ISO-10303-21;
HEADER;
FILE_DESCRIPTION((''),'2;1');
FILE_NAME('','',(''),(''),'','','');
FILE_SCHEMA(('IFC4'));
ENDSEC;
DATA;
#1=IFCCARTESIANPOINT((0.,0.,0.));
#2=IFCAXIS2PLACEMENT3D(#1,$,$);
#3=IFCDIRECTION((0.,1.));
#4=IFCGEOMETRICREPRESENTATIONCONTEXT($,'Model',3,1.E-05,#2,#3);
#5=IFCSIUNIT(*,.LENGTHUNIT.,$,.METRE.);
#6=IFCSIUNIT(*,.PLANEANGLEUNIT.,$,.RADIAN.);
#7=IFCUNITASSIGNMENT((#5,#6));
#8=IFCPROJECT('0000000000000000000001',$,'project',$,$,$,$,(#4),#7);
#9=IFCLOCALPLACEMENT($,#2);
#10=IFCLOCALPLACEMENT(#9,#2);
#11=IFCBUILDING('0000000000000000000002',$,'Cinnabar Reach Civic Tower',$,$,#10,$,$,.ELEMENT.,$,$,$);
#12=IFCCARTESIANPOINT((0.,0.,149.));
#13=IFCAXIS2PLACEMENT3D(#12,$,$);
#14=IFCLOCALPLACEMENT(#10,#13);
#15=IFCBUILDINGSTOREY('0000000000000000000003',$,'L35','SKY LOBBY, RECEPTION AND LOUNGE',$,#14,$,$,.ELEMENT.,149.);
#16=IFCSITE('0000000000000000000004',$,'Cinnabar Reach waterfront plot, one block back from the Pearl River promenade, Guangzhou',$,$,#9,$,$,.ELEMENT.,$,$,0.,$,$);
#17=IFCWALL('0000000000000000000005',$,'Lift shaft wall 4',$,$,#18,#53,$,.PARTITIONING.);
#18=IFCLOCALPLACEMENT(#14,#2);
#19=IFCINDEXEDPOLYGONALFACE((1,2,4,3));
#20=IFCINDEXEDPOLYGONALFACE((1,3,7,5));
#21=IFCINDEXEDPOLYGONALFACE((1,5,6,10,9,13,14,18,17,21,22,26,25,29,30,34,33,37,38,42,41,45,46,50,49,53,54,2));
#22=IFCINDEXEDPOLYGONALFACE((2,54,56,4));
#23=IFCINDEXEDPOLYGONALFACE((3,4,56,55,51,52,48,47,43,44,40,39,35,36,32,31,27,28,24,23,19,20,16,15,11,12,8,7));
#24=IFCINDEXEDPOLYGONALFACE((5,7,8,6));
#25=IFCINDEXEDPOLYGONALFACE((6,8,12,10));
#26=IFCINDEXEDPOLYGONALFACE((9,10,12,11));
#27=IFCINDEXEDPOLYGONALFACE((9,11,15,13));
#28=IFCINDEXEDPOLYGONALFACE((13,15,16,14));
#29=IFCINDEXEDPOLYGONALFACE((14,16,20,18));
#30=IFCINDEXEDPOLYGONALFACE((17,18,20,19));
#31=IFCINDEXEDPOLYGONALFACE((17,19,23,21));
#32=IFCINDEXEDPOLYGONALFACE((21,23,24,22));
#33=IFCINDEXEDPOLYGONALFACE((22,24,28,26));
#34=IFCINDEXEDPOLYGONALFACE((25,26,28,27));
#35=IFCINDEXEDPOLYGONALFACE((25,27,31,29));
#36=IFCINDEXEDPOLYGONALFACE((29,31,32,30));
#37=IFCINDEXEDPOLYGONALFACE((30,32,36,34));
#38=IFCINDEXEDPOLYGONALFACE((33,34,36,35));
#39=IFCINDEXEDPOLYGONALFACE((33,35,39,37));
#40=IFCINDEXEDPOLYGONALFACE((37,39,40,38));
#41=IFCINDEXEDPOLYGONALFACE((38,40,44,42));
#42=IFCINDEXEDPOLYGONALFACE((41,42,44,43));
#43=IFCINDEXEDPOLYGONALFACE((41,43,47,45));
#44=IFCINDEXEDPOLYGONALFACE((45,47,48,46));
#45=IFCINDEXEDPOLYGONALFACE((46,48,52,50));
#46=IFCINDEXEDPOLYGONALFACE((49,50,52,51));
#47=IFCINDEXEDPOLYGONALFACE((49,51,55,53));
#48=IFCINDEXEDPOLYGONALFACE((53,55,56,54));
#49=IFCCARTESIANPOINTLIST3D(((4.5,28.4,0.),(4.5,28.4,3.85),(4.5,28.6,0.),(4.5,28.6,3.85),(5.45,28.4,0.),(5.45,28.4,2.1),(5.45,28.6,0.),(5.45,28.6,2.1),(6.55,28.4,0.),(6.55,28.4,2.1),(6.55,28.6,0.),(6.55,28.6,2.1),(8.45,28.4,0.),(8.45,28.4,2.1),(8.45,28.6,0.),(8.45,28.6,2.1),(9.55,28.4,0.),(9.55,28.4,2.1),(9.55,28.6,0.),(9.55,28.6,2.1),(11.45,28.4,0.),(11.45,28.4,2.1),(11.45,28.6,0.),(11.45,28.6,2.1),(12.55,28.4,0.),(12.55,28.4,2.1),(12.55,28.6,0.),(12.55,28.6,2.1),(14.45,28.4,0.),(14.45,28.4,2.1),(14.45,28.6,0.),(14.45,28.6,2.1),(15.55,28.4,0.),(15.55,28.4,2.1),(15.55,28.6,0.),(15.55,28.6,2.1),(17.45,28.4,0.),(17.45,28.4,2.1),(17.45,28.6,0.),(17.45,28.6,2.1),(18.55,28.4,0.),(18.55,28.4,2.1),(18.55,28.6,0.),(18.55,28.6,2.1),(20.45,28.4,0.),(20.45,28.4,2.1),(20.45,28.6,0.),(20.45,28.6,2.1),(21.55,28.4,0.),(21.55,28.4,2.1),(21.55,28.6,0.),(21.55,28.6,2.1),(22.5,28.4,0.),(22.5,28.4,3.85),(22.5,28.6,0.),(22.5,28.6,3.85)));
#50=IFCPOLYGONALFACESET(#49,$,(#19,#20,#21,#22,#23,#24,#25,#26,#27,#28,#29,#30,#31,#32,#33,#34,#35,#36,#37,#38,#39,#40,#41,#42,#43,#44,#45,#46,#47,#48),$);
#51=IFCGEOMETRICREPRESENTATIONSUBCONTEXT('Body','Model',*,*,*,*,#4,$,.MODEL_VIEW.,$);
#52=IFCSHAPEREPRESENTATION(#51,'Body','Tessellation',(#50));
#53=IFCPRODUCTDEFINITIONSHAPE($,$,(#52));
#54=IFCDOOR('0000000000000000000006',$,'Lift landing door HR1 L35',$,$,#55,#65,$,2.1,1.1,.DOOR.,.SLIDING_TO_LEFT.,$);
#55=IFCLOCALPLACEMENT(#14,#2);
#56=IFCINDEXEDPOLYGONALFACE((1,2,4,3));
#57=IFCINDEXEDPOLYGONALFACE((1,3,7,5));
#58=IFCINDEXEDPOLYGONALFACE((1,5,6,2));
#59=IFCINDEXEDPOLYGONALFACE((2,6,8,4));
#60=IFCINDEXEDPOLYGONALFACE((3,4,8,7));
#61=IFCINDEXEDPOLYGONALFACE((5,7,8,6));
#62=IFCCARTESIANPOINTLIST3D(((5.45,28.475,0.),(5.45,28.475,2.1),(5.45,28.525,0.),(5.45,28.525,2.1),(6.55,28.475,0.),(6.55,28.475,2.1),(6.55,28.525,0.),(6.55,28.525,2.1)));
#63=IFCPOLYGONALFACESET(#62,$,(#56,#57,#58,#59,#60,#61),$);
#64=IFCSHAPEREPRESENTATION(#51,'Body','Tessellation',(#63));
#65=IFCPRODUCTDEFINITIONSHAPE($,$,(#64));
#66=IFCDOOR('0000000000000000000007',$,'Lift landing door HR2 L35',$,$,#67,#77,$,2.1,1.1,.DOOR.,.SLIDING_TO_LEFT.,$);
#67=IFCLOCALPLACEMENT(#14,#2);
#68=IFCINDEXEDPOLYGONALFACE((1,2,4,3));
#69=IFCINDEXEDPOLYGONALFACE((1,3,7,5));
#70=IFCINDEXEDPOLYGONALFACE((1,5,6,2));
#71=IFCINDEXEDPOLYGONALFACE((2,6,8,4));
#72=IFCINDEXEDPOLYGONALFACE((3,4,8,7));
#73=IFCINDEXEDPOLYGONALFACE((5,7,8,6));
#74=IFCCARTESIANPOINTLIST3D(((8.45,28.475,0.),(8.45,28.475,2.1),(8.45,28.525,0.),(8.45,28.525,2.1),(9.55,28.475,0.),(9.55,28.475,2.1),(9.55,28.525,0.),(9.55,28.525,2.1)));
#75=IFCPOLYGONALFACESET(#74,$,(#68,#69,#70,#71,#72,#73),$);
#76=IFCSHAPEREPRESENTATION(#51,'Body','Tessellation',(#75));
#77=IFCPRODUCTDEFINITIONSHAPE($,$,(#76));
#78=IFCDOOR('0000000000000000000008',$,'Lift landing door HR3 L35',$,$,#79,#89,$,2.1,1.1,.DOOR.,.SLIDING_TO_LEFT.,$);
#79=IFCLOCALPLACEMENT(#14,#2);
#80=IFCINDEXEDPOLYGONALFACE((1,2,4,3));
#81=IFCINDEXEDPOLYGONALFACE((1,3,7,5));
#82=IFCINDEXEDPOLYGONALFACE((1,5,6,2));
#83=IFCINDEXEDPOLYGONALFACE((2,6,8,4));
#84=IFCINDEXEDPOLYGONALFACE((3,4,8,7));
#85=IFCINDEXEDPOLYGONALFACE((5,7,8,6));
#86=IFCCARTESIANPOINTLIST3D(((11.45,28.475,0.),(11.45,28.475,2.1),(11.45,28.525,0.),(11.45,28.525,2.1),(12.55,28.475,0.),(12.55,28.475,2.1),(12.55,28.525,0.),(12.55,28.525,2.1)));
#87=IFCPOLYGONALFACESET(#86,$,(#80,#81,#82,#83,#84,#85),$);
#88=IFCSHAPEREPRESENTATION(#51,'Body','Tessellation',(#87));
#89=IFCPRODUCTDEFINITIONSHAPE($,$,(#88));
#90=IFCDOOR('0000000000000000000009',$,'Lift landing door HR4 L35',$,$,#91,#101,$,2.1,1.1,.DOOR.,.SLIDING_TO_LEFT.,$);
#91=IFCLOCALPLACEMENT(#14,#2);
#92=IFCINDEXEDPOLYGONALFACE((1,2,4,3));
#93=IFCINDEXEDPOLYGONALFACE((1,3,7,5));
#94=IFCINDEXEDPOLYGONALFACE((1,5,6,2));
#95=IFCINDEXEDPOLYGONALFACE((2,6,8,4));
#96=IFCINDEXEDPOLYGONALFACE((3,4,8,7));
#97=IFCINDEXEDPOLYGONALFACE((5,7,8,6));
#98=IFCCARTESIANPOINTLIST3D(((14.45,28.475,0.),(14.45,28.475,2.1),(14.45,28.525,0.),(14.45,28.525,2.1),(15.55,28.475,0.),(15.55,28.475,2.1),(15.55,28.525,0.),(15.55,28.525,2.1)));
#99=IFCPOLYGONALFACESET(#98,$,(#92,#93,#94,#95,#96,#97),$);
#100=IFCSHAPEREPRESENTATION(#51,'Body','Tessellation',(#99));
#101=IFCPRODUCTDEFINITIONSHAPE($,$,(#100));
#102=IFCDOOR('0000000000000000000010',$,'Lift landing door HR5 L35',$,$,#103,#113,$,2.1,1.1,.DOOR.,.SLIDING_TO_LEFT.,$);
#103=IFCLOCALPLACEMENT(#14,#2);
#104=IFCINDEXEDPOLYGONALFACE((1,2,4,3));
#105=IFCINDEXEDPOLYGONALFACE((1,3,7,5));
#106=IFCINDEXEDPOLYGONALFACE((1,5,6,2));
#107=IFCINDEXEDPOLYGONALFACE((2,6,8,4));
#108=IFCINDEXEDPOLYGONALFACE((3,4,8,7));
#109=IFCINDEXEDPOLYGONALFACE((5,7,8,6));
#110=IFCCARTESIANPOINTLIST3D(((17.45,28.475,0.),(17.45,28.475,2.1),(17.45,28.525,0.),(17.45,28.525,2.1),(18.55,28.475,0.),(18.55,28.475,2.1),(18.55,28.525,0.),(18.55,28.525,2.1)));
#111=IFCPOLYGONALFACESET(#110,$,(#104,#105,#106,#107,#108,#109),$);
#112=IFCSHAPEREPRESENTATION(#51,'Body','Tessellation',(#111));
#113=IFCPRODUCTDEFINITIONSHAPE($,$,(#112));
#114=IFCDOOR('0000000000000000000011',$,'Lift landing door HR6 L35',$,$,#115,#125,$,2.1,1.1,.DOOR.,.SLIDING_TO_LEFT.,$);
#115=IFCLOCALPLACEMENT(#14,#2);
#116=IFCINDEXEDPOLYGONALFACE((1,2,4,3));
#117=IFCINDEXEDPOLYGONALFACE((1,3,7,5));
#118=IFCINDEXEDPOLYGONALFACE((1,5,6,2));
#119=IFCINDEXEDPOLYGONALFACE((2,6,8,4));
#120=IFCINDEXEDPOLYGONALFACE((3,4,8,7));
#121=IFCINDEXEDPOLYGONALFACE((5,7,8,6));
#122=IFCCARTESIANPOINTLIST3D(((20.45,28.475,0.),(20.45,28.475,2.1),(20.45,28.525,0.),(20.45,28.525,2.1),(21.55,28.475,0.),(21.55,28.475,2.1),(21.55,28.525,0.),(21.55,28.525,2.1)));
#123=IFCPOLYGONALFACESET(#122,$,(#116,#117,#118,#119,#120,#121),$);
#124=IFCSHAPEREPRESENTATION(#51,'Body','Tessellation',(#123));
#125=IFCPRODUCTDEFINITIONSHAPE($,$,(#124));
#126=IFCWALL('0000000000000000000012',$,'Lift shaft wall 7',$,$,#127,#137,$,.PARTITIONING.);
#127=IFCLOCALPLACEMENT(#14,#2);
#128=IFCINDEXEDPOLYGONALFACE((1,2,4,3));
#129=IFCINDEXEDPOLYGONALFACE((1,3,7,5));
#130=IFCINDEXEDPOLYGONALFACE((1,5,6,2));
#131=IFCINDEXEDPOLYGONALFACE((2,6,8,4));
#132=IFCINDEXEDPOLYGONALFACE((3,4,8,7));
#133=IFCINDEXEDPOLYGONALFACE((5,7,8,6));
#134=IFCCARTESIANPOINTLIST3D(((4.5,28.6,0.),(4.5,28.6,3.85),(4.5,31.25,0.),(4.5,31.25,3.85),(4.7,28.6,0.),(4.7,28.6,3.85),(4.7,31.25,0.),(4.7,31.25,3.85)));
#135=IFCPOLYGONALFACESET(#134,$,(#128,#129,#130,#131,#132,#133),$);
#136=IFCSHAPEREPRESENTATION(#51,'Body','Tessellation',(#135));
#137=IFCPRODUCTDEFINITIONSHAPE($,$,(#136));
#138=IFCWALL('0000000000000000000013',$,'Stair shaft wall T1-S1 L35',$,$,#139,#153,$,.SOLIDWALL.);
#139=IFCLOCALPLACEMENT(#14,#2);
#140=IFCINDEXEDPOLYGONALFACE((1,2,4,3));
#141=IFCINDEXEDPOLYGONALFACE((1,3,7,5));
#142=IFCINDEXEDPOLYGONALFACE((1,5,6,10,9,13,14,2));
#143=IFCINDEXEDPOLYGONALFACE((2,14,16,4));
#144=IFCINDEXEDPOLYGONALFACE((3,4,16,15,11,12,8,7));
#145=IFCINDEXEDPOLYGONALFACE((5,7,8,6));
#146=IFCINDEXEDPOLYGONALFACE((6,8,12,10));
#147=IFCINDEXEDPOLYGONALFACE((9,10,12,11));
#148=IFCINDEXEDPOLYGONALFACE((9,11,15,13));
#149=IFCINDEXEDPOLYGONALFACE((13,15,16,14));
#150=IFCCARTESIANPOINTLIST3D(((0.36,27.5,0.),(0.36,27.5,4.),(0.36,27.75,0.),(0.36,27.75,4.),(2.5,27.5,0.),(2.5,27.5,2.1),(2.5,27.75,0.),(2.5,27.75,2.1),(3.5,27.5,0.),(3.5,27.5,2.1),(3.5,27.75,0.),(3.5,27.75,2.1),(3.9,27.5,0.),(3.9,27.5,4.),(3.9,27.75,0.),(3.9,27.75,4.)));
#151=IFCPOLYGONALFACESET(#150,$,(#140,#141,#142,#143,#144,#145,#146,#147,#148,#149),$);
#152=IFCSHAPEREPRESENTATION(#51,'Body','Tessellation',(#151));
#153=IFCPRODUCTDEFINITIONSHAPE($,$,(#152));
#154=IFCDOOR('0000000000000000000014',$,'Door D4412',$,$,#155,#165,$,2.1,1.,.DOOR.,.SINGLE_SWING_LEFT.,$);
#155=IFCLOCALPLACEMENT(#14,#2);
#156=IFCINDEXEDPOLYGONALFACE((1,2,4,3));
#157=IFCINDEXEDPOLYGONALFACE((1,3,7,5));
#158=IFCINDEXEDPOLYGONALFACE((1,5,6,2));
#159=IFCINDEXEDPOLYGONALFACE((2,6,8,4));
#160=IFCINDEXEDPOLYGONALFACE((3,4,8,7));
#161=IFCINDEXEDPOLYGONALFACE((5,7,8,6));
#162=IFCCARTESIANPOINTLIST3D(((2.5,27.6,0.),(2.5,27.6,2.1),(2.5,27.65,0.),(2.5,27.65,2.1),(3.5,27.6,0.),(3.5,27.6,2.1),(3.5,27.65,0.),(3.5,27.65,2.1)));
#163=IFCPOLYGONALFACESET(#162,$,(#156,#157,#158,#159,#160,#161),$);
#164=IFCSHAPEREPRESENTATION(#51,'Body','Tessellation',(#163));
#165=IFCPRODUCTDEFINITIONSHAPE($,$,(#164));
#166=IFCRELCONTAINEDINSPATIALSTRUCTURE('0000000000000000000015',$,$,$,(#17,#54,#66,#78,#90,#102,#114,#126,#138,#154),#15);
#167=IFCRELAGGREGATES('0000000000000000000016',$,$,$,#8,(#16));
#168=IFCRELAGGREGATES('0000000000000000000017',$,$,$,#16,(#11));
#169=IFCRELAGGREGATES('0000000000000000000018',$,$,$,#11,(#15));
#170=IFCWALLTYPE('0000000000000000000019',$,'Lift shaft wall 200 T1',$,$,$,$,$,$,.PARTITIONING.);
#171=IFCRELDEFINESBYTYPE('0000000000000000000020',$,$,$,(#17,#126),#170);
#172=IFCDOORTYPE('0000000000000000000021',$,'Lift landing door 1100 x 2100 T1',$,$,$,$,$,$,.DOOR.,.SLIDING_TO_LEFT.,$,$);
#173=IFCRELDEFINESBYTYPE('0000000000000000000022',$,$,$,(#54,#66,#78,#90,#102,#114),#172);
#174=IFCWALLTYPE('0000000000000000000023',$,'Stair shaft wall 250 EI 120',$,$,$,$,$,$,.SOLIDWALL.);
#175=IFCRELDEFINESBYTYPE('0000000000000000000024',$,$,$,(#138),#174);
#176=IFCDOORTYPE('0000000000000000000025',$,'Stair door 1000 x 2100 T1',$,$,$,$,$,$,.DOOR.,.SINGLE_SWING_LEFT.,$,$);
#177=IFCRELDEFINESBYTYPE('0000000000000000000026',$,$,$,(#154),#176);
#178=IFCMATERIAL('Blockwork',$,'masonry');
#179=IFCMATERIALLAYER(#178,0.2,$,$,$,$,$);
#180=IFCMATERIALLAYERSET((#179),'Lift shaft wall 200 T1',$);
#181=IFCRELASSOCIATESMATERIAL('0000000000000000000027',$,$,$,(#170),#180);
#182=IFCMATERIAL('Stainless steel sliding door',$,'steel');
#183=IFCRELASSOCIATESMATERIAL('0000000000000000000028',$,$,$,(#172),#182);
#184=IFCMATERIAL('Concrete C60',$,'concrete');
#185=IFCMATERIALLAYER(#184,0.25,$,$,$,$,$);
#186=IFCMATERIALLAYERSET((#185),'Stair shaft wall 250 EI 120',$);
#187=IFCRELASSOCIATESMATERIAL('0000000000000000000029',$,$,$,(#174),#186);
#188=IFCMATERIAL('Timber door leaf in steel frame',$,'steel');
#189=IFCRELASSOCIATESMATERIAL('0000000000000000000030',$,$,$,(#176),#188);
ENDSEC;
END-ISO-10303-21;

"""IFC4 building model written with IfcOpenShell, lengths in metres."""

from ifc_helpers import new_model, si_unit, direction, frame, frame_2d, origin, place, context, subcontext, project, spatial, rectangle, extrude, material, layer, layer_set, type_object, element, fill, save


model = new_model("IFC4")

# Units and contexts
model_context = context("Model", 3, precision=1e-05, world=origin(), true_north=direction((0.0, 1.0)))
body_context = subcontext(model_context, "Body", "Model", "MODEL_VIEW")
ifc_project = project(units=[si_unit("LENGTHUNIT", "METRE"), si_unit("PLANEANGLEUNIT", "RADIAN")], contexts=[model_context])

# Site, building, storey
site_placement = place(None, origin())
site = spatial("IfcSite", under=ifc_project, at=site_placement, Name="Cinnabar Reach waterfront plot, one block back from the Pearl River promenade, Guangzhou", CompositionType="ELEMENT", RefElevation=0.0)
building_placement = place(site_placement, origin())
building = spatial("IfcBuilding", under=site, at=building_placement, Name="Cinnabar Reach Civic Tower", CompositionType="ELEMENT")
storey_placement = place(building_placement, frame((0.0, 0.0, 149.0)))
storey = spatial("IfcBuildingStorey", under=building, at=storey_placement, Name="L35", Description="SKY LOBBY, RECEPTION AND LOUNGE", CompositionType="ELEMENT", Elevation=149.0)

# Shared definitions
ifc_material_1 = material(Name="Timber door leaf in steel frame", Category="steel")

# Wall, openings, doors
ifc_material_2 = material(Name="Blockwork", Category="masonry")
ifc_layer_1 = layer(ifc_material_2, 0.2)
ifc_layer_set_1 = layer_set([ifc_layer_1], Name="Lift shaft wall 200 T1")
wall_type_1 = type_object("IfcWallType", Name="Lift shaft wall 200 T1", PredefinedType="PARTITIONING", material=ifc_layer_set_1)
wall_1_placement = place(storey_placement, frame((4.5, 28.5, 0.0), z_axis=(0.0, 0.0, 1.0), x_axis=(1.0, 0.0, 0.0)))
wall_1 = element("IfcWall", 1, at=wall_1_placement, inside=storey, type_object=wall_type_1, Name="Lift shaft wall 4", PredefinedType="PARTITIONING", context=body_context, shape_type="SweptSolid", body=[
    extrude(rectangle(XDim=18.0, YDim=0.2, at=frame_2d((9.0, 0.0))), origin(), (0.0, 0.0, 1.0), 3.85),
])
opening_1_placement = place(wall_1_placement, frame((0.95, 0.0, 0.0)))
opening_1 = element("IfcOpeningElement", 2, at=opening_1_placement, cuts=wall_1, PredefinedType="OPENING", context=body_context, shape_type="SweptSolid", body=[
    extrude(rectangle(XDim=1.1, YDim=2.1, at=frame_2d((0.55, 1.05))), frame((0.0, 0.11, 0.0), z_axis=(0.0, -1.0, 0.0), x_axis=(1.0, 0.0, 0.0)), (0.0, 0.0, 1.0), 0.22),
])
opening_2_placement = place(wall_1_placement, frame((3.95, 0.0, 0.0)))
opening_2 = element("IfcOpeningElement", 3, at=opening_2_placement, cuts=wall_1, PredefinedType="OPENING", context=body_context, shape_type="SweptSolid", body=[
    extrude(rectangle(XDim=1.1, YDim=2.1, at=frame_2d((0.55, 1.05))), frame((0.0, 0.11, 0.0), z_axis=(0.0, -1.0, 0.0), x_axis=(1.0, 0.0, 0.0)), (0.0, 0.0, 1.0), 0.22),
])
opening_3_placement = place(wall_1_placement, frame((6.95, 0.0, 0.0)))
opening_3 = element("IfcOpeningElement", 4, at=opening_3_placement, cuts=wall_1, PredefinedType="OPENING", context=body_context, shape_type="SweptSolid", body=[
    extrude(rectangle(XDim=1.1, YDim=2.1, at=frame_2d((0.55, 1.05))), frame((0.0, 0.11, 0.0), z_axis=(0.0, -1.0, 0.0), x_axis=(1.0, 0.0, 0.0)), (0.0, 0.0, 1.0), 0.22),
])
opening_4_placement = place(wall_1_placement, frame((9.95, 0.0, 0.0)))
opening_4 = element("IfcOpeningElement", 5, at=opening_4_placement, cuts=wall_1, PredefinedType="OPENING", context=body_context, shape_type="SweptSolid", body=[
    extrude(rectangle(XDim=1.1, YDim=2.1, at=frame_2d((0.55, 1.05))), frame((0.0, 0.11, 0.0), z_axis=(0.0, -1.0, 0.0), x_axis=(1.0, 0.0, 0.0)), (0.0, 0.0, 1.0), 0.22),
])
opening_5_placement = place(wall_1_placement, frame((12.95, 0.0, 0.0)))
opening_5 = element("IfcOpeningElement", 6, at=opening_5_placement, cuts=wall_1, PredefinedType="OPENING", context=body_context, shape_type="SweptSolid", body=[
    extrude(rectangle(XDim=1.1, YDim=2.1, at=frame_2d((0.55, 1.05))), frame((0.0, 0.11, 0.0), z_axis=(0.0, -1.0, 0.0), x_axis=(1.0, 0.0, 0.0)), (0.0, 0.0, 1.0), 0.22),
])
opening_6_placement = place(wall_1_placement, frame((15.95, 0.0, 0.0)))
opening_6 = element("IfcOpeningElement", 7, at=opening_6_placement, cuts=wall_1, PredefinedType="OPENING", context=body_context, shape_type="SweptSolid", body=[
    extrude(rectangle(XDim=1.1, YDim=2.1, at=frame_2d((0.55, 1.05))), frame((0.0, 0.11, 0.0), z_axis=(0.0, -1.0, 0.0), x_axis=(1.0, 0.0, 0.0)), (0.0, 0.0, 1.0), 0.22),
])
ifc_material_3 = material(Name="Stainless steel sliding door", Category="steel")
door_type_1 = type_object("IfcDoorType", Name="Lift landing door 1100 x 2100 T1", OperationType="SLIDING_TO_LEFT", PredefinedType="DOOR", material=ifc_material_3)
door_1_placement = place(opening_1_placement, origin())
door_1 = element("IfcDoor", 8, at=door_1_placement, inside=storey, type_object=door_type_1, Name="Lift landing door HR1 L35", OperationType="SLIDING_TO_LEFT", OverallHeight=2.1, OverallWidth=1.1, PredefinedType="DOOR", context=body_context, shape_type="SweptSolid", body=[
    extrude(rectangle(XDim=1.1, YDim=2.1, at=frame_2d((0.55, 1.05))), frame((0.0, 0.025, 0.0), z_axis=(0.0, -1.0, 0.0), x_axis=(1.0, 0.0, 0.0)), (0.0, 0.0, 1.0), 0.05),
])
fill(opening_1, door_1)
door_2_placement = place(opening_2_placement, origin())
door_2 = element("IfcDoor", 9, at=door_2_placement, inside=storey, type_object=door_type_1, Name="Lift landing door HR2 L35", OperationType="SLIDING_TO_LEFT", OverallHeight=2.1, OverallWidth=1.1, PredefinedType="DOOR", context=body_context, shape_type="SweptSolid", body=[
    extrude(rectangle(XDim=1.1, YDim=2.1, at=frame_2d((0.55, 1.05))), frame((0.0, 0.025, 0.0), z_axis=(0.0, -1.0, 0.0), x_axis=(1.0, 0.0, 0.0)), (0.0, 0.0, 1.0), 0.05),
])
fill(opening_2, door_2)
door_3_placement = place(opening_3_placement, origin())
door_3 = element("IfcDoor", 10, at=door_3_placement, inside=storey, type_object=door_type_1, Name="Lift landing door HR3 L35", OperationType="SLIDING_TO_LEFT", OverallHeight=2.1, OverallWidth=1.1, PredefinedType="DOOR", context=body_context, shape_type="SweptSolid", body=[
    extrude(rectangle(XDim=1.1, YDim=2.1, at=frame_2d((0.55, 1.05))), frame((0.0, 0.025, 0.0), z_axis=(0.0, -1.0, 0.0), x_axis=(1.0, 0.0, 0.0)), (0.0, 0.0, 1.0), 0.05),
])
fill(opening_3, door_3)
door_4_placement = place(opening_4_placement, origin())
door_4 = element("IfcDoor", 11, at=door_4_placement, inside=storey, type_object=door_type_1, Name="Lift landing door HR4 L35", OperationType="SLIDING_TO_LEFT", OverallHeight=2.1, OverallWidth=1.1, PredefinedType="DOOR", context=body_context, shape_type="SweptSolid", body=[
    extrude(rectangle(XDim=1.1, YDim=2.1, at=frame_2d((0.55, 1.05))), frame((0.0, 0.025, 0.0), z_axis=(0.0, -1.0, 0.0), x_axis=(1.0, 0.0, 0.0)), (0.0, 0.0, 1.0), 0.05),
])
fill(opening_4, door_4)
door_5_placement = place(opening_5_placement, origin())
door_5 = element("IfcDoor", 12, at=door_5_placement, inside=storey, type_object=door_type_1, Name="Lift landing door HR5 L35", OperationType="SLIDING_TO_LEFT", OverallHeight=2.1, OverallWidth=1.1, PredefinedType="DOOR", context=body_context, shape_type="SweptSolid", body=[
    extrude(rectangle(XDim=1.1, YDim=2.1, at=frame_2d((0.55, 1.05))), frame((0.0, 0.025, 0.0), z_axis=(0.0, -1.0, 0.0), x_axis=(1.0, 0.0, 0.0)), (0.0, 0.0, 1.0), 0.05),
])
fill(opening_5, door_5)
door_6_placement = place(opening_6_placement, origin())
door_6 = element("IfcDoor", 13, at=door_6_placement, inside=storey, type_object=door_type_1, Name="Lift landing door HR6 L35", OperationType="SLIDING_TO_LEFT", OverallHeight=2.1, OverallWidth=1.1, PredefinedType="DOOR", context=body_context, shape_type="SweptSolid", body=[
    extrude(rectangle(XDim=1.1, YDim=2.1, at=frame_2d((0.55, 1.05))), frame((0.0, 0.025, 0.0), z_axis=(0.0, -1.0, 0.0), x_axis=(1.0, 0.0, 0.0)), (0.0, 0.0, 1.0), 0.05),
])
fill(opening_6, door_6)

# Wall
wall_2_placement = place(storey_placement, frame((4.6, 28.6, 0.0), z_axis=(0.0, 0.0, 1.0), x_axis=(0.0, 1.0, 0.0)))
element("IfcWall", 14, at=wall_2_placement, inside=storey, type_object=wall_type_1, Name="Lift shaft wall 7", PredefinedType="PARTITIONING", context=body_context, shape_type="SweptSolid", body=[
    extrude(rectangle(XDim=2.65, YDim=0.2, at=frame_2d((1.325, 0.0))), origin(), (0.0, 0.0, 1.0), 3.85),
])

# Wall, opening, door
ifc_material_4 = material(Name="Concrete C60", Category="concrete")
ifc_layer_2 = layer(ifc_material_4, 0.25)
ifc_layer_set_2 = layer_set([ifc_layer_2], Name="Stair shaft wall 250 EI 120")
wall_type_2 = type_object("IfcWallType", Name="Stair shaft wall 250 EI 120", PredefinedType="SOLIDWALL", material=ifc_layer_set_2)
wall_3_placement = place(storey_placement, frame((3.9, 27.625, 0.0), z_axis=(0.0, 0.0, 1.0), x_axis=(-1.0, 0.0, 0.0)))
wall_3 = element("IfcWall", 15, at=wall_3_placement, inside=storey, type_object=wall_type_2, Name="Stair shaft wall T1-S1 L35", PredefinedType="SOLIDWALL", context=body_context, shape_type="SweptSolid", body=[
    extrude(rectangle(XDim=3.54, YDim=0.25, at=frame_2d((1.77, 0.0))), origin(), (0.0, 0.0, 1.0), 4.0),
])
opening_7_placement = place(wall_3_placement, frame((0.4, 0.0, 0.0)))
opening_7 = element("IfcOpeningElement", 16, at=opening_7_placement, cuts=wall_3, PredefinedType="OPENING", context=body_context, shape_type="SweptSolid", body=[
    extrude(rectangle(XDim=1.0, YDim=2.1, at=frame_2d((0.5, 1.05))), frame((0.0, 0.135, 0.0), z_axis=(0.0, -1.0, 0.0), x_axis=(1.0, 0.0, 0.0)), (0.0, 0.0, 1.0), 0.27),
])
door_type_2 = type_object("IfcDoorType", Name="Stair door 1000 x 2100 T1", OperationType="SINGLE_SWING_LEFT", PredefinedType="DOOR", material=ifc_material_1)
door_7_placement = place(opening_7_placement, origin())
door_7 = element("IfcDoor", 17, at=door_7_placement, inside=storey, type_object=door_type_2, Name="Door D4412", OperationType="SINGLE_SWING_LEFT", OverallHeight=2.1, OverallWidth=1.0, PredefinedType="DOOR", context=body_context, shape_type="SweptSolid", body=[
    extrude(rectangle(XDim=1.0, YDim=2.1, at=frame_2d((0.5, 1.05))), frame((0.0, 0.025, 0.0), z_axis=(0.0, -1.0, 0.0), x_axis=(1.0, 0.0, 0.0)), (0.0, 0.0, 1.0), 0.05),
])
fill(opening_7, door_7)

save(model, "model.ifc")
